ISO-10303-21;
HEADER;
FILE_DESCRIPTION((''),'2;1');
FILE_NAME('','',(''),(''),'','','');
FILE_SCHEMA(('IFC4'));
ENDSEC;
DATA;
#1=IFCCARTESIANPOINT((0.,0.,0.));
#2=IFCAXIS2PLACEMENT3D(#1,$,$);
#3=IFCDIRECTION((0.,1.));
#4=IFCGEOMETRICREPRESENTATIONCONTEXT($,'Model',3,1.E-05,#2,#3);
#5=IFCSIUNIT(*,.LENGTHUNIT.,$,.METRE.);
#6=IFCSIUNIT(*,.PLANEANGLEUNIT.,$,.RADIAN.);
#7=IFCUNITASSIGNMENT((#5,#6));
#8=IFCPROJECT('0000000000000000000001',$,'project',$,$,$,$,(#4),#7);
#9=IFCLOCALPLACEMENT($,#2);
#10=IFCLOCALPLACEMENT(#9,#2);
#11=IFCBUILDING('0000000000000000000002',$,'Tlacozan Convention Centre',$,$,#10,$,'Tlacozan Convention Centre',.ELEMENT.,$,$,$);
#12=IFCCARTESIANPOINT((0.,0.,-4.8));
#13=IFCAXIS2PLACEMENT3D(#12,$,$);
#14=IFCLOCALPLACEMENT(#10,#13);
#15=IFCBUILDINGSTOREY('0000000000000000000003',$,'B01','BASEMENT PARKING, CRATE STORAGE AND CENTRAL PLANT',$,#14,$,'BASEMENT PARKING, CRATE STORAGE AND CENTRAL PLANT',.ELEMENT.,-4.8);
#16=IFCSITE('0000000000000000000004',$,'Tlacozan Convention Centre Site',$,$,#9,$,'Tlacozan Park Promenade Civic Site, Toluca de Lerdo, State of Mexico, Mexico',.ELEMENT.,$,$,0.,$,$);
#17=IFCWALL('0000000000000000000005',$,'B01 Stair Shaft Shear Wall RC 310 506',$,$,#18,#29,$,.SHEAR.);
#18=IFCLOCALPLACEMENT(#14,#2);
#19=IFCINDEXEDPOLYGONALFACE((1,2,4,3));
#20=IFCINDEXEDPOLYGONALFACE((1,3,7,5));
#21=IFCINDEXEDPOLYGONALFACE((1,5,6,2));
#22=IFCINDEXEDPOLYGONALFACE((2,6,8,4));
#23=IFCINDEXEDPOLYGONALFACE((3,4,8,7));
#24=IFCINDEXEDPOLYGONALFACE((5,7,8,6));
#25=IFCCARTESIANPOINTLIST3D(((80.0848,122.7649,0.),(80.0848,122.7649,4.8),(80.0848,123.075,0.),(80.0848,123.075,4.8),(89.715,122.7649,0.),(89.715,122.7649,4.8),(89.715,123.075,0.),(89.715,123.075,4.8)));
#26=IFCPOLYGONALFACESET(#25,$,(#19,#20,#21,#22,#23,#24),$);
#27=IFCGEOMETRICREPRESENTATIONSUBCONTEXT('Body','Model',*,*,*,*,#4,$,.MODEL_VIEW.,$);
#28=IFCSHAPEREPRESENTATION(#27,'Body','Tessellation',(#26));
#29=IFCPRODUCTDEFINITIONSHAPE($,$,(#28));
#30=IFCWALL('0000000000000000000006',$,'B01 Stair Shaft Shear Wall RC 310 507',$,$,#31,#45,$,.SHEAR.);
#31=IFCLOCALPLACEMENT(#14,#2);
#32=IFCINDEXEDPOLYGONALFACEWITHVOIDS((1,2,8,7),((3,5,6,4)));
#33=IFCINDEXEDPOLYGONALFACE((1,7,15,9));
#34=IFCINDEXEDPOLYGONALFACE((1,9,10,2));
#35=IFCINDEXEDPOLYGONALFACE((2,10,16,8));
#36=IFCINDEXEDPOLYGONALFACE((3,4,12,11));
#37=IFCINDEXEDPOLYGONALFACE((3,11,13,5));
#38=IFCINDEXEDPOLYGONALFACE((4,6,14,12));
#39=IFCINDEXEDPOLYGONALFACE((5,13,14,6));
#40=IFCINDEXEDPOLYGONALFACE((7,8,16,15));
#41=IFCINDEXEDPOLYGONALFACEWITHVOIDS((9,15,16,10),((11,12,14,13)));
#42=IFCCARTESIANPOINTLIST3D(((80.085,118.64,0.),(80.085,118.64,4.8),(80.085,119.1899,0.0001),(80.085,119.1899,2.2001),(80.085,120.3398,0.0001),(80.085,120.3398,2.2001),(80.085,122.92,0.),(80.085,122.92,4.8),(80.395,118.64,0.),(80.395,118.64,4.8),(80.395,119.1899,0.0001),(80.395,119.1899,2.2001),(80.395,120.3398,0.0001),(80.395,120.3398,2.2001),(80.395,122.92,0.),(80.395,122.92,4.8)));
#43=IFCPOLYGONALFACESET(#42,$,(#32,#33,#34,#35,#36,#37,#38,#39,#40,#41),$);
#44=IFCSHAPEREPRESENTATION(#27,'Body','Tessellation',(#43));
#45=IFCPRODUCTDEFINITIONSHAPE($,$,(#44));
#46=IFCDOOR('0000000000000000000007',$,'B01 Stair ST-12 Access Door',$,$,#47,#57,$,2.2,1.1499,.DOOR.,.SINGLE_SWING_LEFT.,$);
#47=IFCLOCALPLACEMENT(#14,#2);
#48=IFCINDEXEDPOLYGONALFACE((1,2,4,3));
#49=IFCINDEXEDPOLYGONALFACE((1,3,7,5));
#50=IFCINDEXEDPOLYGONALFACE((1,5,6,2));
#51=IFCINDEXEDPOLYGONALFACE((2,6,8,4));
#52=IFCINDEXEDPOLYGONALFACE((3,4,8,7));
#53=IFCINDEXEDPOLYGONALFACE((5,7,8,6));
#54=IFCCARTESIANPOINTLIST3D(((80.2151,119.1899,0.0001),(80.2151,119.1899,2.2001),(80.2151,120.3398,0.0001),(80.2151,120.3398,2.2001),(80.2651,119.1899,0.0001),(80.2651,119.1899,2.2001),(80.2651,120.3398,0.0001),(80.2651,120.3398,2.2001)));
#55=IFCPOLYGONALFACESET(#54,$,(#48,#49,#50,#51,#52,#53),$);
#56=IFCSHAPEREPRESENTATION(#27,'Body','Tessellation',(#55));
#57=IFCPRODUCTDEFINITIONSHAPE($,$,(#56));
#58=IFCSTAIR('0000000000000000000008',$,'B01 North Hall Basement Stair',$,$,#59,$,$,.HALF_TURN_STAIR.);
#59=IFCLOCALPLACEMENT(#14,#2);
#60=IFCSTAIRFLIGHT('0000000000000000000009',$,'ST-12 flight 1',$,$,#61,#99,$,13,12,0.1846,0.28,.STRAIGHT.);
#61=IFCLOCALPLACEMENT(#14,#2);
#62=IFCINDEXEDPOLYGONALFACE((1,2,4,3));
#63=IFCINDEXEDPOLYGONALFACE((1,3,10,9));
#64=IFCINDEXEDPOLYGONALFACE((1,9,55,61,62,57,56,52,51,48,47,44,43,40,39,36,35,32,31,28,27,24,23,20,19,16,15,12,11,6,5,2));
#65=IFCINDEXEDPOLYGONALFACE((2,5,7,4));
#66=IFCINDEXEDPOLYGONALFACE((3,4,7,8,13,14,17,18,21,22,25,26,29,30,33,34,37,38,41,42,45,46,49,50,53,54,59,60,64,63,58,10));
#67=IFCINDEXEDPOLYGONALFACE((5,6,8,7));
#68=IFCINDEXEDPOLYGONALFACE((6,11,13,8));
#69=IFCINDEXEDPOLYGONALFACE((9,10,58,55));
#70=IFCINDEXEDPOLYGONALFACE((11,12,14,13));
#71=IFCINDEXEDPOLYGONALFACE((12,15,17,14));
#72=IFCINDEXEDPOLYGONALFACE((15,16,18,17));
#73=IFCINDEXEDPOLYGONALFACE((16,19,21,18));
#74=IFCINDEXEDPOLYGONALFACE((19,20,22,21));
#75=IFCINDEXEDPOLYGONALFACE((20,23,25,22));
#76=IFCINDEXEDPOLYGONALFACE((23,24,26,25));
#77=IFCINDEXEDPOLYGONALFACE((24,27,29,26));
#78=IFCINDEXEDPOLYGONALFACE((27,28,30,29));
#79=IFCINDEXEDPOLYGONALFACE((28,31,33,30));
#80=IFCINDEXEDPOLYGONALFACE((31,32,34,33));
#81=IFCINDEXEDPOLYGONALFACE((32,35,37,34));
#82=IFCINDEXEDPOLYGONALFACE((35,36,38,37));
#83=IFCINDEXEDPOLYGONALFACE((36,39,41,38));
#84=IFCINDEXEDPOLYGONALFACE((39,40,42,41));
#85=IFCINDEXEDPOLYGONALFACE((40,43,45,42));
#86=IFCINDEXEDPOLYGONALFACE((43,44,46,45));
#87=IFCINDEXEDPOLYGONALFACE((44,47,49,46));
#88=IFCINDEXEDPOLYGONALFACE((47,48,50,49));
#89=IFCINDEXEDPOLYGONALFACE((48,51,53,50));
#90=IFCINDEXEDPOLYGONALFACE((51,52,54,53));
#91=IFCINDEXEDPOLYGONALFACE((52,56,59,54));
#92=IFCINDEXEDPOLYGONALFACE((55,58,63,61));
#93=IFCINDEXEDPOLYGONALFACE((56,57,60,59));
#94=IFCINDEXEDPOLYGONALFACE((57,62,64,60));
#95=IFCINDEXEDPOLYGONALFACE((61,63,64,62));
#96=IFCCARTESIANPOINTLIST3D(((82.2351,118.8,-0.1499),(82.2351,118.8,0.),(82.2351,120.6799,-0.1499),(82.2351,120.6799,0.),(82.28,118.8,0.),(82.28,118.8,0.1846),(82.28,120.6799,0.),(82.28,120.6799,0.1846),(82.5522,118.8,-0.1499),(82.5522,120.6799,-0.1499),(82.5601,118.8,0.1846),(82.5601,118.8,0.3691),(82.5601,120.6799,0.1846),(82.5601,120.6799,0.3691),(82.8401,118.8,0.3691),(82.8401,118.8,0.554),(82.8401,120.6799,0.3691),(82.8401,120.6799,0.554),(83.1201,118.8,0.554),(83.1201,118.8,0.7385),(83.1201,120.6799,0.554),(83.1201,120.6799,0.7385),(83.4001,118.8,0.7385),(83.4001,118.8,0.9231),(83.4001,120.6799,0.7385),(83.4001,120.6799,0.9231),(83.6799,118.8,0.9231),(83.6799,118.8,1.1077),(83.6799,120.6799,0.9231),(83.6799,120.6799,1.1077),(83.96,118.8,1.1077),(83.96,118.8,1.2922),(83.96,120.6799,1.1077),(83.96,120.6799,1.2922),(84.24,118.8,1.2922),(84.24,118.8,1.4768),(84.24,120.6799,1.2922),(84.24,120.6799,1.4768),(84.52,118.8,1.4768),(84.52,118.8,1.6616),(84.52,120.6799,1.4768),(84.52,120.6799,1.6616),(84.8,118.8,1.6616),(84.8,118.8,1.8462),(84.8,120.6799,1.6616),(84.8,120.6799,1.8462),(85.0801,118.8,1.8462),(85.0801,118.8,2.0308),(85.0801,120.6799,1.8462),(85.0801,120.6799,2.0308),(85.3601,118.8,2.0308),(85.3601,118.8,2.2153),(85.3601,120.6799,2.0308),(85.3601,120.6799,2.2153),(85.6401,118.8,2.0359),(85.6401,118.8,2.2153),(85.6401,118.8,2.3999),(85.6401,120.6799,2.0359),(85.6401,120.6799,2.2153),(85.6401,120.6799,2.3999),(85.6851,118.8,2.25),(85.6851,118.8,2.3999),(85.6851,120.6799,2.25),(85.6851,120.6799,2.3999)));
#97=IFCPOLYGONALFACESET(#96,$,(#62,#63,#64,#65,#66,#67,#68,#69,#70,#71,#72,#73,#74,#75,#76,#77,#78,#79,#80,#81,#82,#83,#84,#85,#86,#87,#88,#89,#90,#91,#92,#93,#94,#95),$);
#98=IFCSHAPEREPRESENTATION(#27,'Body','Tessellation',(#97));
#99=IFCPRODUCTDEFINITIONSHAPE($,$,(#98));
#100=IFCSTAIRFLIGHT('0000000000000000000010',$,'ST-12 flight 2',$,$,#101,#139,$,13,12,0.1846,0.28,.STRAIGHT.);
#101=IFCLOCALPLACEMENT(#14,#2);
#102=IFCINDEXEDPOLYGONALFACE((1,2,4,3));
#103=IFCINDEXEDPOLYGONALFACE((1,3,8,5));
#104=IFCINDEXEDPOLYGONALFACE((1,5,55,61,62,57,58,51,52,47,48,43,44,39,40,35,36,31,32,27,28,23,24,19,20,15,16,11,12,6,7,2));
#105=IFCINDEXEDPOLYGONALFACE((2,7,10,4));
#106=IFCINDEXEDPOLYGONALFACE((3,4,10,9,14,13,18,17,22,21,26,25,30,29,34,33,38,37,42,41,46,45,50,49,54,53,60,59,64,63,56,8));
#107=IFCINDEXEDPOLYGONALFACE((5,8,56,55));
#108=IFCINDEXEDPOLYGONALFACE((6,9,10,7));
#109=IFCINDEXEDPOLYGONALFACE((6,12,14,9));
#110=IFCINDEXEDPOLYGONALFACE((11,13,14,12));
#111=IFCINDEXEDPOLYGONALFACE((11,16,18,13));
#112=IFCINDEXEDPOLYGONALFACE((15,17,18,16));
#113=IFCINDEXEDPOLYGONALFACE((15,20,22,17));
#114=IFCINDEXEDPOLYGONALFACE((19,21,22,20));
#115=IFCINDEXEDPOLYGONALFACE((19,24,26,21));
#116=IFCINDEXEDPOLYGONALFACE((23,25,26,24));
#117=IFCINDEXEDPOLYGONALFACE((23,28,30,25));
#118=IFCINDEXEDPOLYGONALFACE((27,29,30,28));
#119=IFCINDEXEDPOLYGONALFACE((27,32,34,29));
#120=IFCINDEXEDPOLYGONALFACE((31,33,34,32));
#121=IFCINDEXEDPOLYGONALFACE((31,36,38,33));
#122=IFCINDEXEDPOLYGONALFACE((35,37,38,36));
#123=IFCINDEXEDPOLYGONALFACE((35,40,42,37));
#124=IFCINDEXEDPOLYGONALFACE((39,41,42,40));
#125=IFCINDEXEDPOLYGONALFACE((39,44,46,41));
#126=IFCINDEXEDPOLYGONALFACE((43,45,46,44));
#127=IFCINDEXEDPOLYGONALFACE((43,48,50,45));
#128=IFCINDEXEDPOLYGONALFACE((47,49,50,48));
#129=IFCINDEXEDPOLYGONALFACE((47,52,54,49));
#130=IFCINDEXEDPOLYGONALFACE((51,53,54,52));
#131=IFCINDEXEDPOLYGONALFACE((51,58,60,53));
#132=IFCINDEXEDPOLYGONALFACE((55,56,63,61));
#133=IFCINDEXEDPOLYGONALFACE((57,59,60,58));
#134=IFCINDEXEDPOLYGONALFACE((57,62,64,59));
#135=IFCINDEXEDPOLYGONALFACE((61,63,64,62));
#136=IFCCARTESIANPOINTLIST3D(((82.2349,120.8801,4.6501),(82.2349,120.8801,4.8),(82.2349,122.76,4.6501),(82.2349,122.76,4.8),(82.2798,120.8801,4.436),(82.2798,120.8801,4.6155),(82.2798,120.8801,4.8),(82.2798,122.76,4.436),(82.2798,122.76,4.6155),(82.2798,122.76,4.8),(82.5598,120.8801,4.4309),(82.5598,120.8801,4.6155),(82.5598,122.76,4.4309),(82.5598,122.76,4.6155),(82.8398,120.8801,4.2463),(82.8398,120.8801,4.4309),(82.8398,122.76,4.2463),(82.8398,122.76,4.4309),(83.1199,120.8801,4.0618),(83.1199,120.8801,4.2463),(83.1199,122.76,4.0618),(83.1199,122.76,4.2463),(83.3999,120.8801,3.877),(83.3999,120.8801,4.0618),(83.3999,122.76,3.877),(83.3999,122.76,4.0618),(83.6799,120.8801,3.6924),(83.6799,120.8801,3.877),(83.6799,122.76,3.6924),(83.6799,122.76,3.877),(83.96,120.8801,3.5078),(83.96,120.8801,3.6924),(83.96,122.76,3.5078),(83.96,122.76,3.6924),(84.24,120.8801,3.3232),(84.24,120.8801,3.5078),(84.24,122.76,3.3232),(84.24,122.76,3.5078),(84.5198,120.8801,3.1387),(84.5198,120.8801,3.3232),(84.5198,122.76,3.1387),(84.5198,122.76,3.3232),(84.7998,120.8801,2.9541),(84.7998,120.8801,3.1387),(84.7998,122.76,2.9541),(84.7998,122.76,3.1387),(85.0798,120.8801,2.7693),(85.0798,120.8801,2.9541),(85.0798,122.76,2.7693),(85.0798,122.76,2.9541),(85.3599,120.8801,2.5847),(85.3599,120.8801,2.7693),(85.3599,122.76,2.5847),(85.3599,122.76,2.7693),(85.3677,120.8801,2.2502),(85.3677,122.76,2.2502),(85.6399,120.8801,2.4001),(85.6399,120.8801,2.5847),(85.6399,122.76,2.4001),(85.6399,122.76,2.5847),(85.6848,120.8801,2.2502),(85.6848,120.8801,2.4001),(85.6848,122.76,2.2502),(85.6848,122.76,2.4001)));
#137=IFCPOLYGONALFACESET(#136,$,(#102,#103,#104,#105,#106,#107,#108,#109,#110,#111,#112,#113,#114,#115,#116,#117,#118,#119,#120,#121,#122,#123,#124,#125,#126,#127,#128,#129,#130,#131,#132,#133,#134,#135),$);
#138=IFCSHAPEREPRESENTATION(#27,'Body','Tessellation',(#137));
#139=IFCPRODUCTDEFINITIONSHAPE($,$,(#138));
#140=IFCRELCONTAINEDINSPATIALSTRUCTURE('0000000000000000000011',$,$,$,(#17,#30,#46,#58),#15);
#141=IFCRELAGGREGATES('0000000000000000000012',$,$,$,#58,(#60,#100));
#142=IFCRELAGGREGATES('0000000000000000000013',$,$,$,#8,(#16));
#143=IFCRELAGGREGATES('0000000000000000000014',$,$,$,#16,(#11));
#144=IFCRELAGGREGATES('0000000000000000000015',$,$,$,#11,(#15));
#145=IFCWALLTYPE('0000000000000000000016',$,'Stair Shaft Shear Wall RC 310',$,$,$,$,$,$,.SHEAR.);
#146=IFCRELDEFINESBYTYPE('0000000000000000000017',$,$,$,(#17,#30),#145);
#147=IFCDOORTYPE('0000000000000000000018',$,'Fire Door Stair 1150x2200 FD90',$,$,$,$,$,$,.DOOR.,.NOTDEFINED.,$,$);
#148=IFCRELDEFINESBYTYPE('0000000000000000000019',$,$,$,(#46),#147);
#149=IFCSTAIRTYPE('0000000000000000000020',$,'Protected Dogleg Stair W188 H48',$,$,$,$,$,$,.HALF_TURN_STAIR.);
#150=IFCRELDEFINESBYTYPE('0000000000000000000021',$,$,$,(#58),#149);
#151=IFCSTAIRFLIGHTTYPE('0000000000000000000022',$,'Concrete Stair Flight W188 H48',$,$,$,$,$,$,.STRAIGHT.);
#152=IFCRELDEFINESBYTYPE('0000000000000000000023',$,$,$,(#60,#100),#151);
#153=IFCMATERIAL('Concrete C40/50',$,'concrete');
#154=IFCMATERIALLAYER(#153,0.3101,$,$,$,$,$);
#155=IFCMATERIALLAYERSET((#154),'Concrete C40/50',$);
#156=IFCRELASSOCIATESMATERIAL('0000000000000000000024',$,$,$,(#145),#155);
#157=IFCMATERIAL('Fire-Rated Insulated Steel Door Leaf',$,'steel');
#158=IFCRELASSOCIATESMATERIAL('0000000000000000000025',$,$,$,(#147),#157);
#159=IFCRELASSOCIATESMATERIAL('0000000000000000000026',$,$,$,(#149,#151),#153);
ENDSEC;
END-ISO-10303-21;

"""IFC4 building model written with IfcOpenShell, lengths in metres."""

from ifc_helpers import new_model, si_unit, direction, frame, frame_2d, origin, place, context, subcontext, project, spatial, polyline, rectangle, outline, extrude, material, layer, layer_set, type_object, element, fill, aggregate, save


model = new_model("IFC4")

# Units and contexts
model_context = context("Model", 3, precision=1e-05, world=origin(), true_north=direction((0.0, 1.0)))
body_context = subcontext(model_context, "Body", "Model", "MODEL_VIEW")
ifc_project = project(units=[si_unit("LENGTHUNIT", "METRE"), si_unit("PLANEANGLEUNIT", "RADIAN")], contexts=[model_context])

# Site, building, storey
site_placement = place(None, origin())
site = spatial("IfcSite", under=ifc_project, at=site_placement, Name="Tlacozan Convention Centre Site", LongName="Tlacozan Park Promenade Civic Site, Toluca de Lerdo, State of Mexico, Mexico", CompositionType="ELEMENT", RefElevation=0.0)
building_placement = place(site_placement, origin())
building = spatial("IfcBuilding", under=site, at=building_placement, Name="Tlacozan Convention Centre", LongName="Tlacozan Convention Centre", CompositionType="ELEMENT")
storey_placement = place(building_placement, frame((0.0, 0.0, -4.8)))
storey = spatial("IfcBuildingStorey", under=building, at=storey_placement, Name="B01", Description="BASEMENT PARKING, CRATE STORAGE AND CENTRAL PLANT", LongName="BASEMENT PARKING, CRATE STORAGE AND CENTRAL PLANT", CompositionType="ELEMENT", Elevation=-4.8)

# Shared definitions
ifc_material_1 = material(Name="Concrete C40/50", Category="concrete")

# Wall
ifc_layer_1 = layer(ifc_material_1, 0.3101)
ifc_layer_set_1 = layer_set([ifc_layer_1], Name="Concrete C40/50")
wall_type = type_object("IfcWallType", Name="Stair Shaft Shear Wall RC 310", PredefinedType="SHEAR", material=ifc_layer_set_1)
for number, where, z_axis, x_axis, name in (
    (1, (80.085, 122.9199, 0.0), (0.0, 0.0, 1.0), (1.0, 0.0, 0.0), "B01 Stair Shaft Shear Wall RC 310 506"),
):
    element("IfcWall", number, at=place(storey_placement, frame(where, z_axis=z_axis, x_axis=x_axis)), inside=storey, type_object=wall_type, Name=name, PredefinedType="SHEAR", context=body_context, shape_type="SweptSolid", body=[
        extrude(rectangle(XDim=9.6301, YDim=0.3101, at=frame_2d((4.8149, 0.0))), origin(), (0.0, 0.0, 1.0), 4.8),
    ])

# Wall, opening, door
wall_placement = place(storey_placement, frame((80.24, 118.6399, 0.0), z_axis=(0.0, 0.0, 1.0), x_axis=(0.0, 1.0, 0.0)))
wall = element("IfcWall", 2, at=wall_placement, inside=storey, type_object=wall_type, Name="B01 Stair Shaft Shear Wall RC 310 507", PredefinedType="SHEAR", context=body_context, shape_type="SweptSolid", body=[
    extrude(rectangle(XDim=4.28, YDim=0.3101, at=frame_2d((2.1401, 0.0))), origin(), (0.0, 0.0, 1.0), 4.8),
])
opening_placement = place(wall_placement, frame((0.55, 0.0, 0.0)))
opening = element("IfcOpeningElement", 3, at=opening_placement, cuts=wall, PredefinedType="OPENING", context=body_context, shape_type="SweptSolid", body=[
    extrude(rectangle(XDim=1.1499, YDim=2.2, at=frame_2d((0.575, 1.1001))), frame((0.0, 0.165, 0.0), z_axis=(0.0, -1.0, 0.0), x_axis=(1.0, 0.0, 0.0)), (0.0, 0.0, 1.0), 0.3301),
])
ifc_material_2 = material(Name="Fire-Rated Insulated Steel Door Leaf", Category="steel")
door_type = type_object("IfcDoorType", Name="Fire Door Stair 1150x2200 FD90", OperationType="NOTDEFINED", PredefinedType="DOOR", material=ifc_material_2)
door_placement = place(opening_placement, origin())
door = element("IfcDoor", 4, at=door_placement, inside=storey, type_object=door_type, Name="B01 Stair ST-12 Access Door", OperationType="SINGLE_SWING_LEFT", OverallHeight=2.2, OverallWidth=1.1499, PredefinedType="DOOR", context=body_context, shape_type="SweptSolid", body=[
    extrude(rectangle(XDim=1.1499, YDim=2.2, at=frame_2d((0.575, 1.1001))), frame((0.0, 0.0249, 0.0), z_axis=(0.0, -1.0, 0.0), x_axis=(1.0, 0.0, 0.0)), (0.0, 0.0, 1.0), 0.05),
])
fill(opening, door)

# Stair, stair flights
stair_type = type_object("IfcStairType", Name="Protected Dogleg Stair W188 H48", PredefinedType="HALF_TURN_STAIR", material=ifc_material_1)
stair_placement = place(storey_placement, origin())
stair = element("IfcStair", 5, at=stair_placement, inside=storey, type_object=stair_type, Name="B01 North Hall Basement Stair", PredefinedType="HALF_TURN_STAIR")
stair_flight_type = type_object("IfcStairFlightType", Name="Concrete Stair Flight W188 H48", PredefinedType="STRAIGHT", material=ifc_material_1)
stair_flight_1_placement = place(storey_placement, frame((82.28, 119.74, 0.0), z_axis=(0.0, 0.0, 1.0), x_axis=(1.0, 0.0, 0.0)))
stair_flight_1 = element("IfcStairFlight", 6, at=stair_flight_1_placement, type_object=stair_flight_type, Name="ST-12 flight 1", NumberOfRisers=13, NumberOfTreads=12, PredefinedType="STRAIGHT", RiserHeight=0.1846, TreadLength=0.28, context=body_context, shape_type="SweptSolid", body=[
    extrude(outline(polyline([(-0.0449, -0.1499), (-0.0449, 0.0), (0.0, 0.0), (0.0, 0.1846), (0.28, 0.1846), (0.28, 0.3691), (0.5601, 0.3691), (0.5601, 0.554), (0.8401, 0.554), (0.8401, 0.7385), (1.1201, 0.7385), (1.1201, 0.9231), (1.3999, 0.9231), (1.3999, 1.1077), (1.6799, 1.1077), (1.6799, 1.2922), (1.96, 1.2922), (1.96, 1.4768), (2.24, 1.4768), (2.24, 1.6616), (2.52, 1.6616), (2.52, 1.8462), (2.8, 1.8462), (2.8, 2.0308), (3.0801, 2.0308), (3.0801, 2.2153), (3.3601, 2.2153), (3.3601, 2.3999), (3.405, 2.3999), (3.405, 2.25), (3.3601, 2.0359), (0.2722, -0.1499), (-0.0449, -0.1499)])), frame((0.0, 0.9399, 0.0), z_axis=(0.0, -1.0, 0.0), x_axis=(1.0, 0.0, 0.0)), (0.0, 0.0, 1.0), 1.8799),
])
stair_flight_2_placement = place(storey_placement, frame((85.6399, 121.8201, 2.4001), z_axis=(0.0, 0.0, 1.0), x_axis=(-1.0, 0.0, 0.0)))
stair_flight_2 = element("IfcStairFlight", 7, at=stair_flight_2_placement, type_object=stair_flight_type, Name="ST-12 flight 2", NumberOfRisers=13, NumberOfTreads=12, PredefinedType="STRAIGHT", RiserHeight=0.1846, TreadLength=0.28, context=body_context, shape_type="SweptSolid", body=[
    extrude(outline(polyline([(-0.0449, -0.1499), (-0.0449, 0.0), (0.0, 0.0), (0.0, 0.1846), (0.28, 0.1846), (0.28, 0.3691), (0.5601, 0.3691), (0.5601, 0.554), (0.8401, 0.554), (0.8401, 0.7385), (1.1201, 0.7385), (1.1201, 0.9231), (1.3999, 0.9231), (1.3999, 1.1077), (1.6799, 1.1077), (1.6799, 1.2922), (1.96, 1.2922), (1.96, 1.4768), (2.24, 1.4768), (2.24, 1.6616), (2.52, 1.6616), (2.52, 1.8462), (2.8, 1.8462), (2.8, 2.0308), (3.0801, 2.0308), (3.0801, 2.2153), (3.3601, 2.2153), (3.3601, 2.3999), (3.405, 2.3999), (3.405, 2.25), (3.3601, 2.0359), (0.2722, -0.1499), (-0.0449, -0.1499)])), frame((0.0, 0.9399, 0.0), z_axis=(0.0, -1.0, 0.0), x_axis=(1.0, 0.0, 0.0)), (0.0, 0.0, 1.0), 1.8799),
])
aggregate(stair, [stair_flight_1, stair_flight_2])

save(model, "model.ifc")
